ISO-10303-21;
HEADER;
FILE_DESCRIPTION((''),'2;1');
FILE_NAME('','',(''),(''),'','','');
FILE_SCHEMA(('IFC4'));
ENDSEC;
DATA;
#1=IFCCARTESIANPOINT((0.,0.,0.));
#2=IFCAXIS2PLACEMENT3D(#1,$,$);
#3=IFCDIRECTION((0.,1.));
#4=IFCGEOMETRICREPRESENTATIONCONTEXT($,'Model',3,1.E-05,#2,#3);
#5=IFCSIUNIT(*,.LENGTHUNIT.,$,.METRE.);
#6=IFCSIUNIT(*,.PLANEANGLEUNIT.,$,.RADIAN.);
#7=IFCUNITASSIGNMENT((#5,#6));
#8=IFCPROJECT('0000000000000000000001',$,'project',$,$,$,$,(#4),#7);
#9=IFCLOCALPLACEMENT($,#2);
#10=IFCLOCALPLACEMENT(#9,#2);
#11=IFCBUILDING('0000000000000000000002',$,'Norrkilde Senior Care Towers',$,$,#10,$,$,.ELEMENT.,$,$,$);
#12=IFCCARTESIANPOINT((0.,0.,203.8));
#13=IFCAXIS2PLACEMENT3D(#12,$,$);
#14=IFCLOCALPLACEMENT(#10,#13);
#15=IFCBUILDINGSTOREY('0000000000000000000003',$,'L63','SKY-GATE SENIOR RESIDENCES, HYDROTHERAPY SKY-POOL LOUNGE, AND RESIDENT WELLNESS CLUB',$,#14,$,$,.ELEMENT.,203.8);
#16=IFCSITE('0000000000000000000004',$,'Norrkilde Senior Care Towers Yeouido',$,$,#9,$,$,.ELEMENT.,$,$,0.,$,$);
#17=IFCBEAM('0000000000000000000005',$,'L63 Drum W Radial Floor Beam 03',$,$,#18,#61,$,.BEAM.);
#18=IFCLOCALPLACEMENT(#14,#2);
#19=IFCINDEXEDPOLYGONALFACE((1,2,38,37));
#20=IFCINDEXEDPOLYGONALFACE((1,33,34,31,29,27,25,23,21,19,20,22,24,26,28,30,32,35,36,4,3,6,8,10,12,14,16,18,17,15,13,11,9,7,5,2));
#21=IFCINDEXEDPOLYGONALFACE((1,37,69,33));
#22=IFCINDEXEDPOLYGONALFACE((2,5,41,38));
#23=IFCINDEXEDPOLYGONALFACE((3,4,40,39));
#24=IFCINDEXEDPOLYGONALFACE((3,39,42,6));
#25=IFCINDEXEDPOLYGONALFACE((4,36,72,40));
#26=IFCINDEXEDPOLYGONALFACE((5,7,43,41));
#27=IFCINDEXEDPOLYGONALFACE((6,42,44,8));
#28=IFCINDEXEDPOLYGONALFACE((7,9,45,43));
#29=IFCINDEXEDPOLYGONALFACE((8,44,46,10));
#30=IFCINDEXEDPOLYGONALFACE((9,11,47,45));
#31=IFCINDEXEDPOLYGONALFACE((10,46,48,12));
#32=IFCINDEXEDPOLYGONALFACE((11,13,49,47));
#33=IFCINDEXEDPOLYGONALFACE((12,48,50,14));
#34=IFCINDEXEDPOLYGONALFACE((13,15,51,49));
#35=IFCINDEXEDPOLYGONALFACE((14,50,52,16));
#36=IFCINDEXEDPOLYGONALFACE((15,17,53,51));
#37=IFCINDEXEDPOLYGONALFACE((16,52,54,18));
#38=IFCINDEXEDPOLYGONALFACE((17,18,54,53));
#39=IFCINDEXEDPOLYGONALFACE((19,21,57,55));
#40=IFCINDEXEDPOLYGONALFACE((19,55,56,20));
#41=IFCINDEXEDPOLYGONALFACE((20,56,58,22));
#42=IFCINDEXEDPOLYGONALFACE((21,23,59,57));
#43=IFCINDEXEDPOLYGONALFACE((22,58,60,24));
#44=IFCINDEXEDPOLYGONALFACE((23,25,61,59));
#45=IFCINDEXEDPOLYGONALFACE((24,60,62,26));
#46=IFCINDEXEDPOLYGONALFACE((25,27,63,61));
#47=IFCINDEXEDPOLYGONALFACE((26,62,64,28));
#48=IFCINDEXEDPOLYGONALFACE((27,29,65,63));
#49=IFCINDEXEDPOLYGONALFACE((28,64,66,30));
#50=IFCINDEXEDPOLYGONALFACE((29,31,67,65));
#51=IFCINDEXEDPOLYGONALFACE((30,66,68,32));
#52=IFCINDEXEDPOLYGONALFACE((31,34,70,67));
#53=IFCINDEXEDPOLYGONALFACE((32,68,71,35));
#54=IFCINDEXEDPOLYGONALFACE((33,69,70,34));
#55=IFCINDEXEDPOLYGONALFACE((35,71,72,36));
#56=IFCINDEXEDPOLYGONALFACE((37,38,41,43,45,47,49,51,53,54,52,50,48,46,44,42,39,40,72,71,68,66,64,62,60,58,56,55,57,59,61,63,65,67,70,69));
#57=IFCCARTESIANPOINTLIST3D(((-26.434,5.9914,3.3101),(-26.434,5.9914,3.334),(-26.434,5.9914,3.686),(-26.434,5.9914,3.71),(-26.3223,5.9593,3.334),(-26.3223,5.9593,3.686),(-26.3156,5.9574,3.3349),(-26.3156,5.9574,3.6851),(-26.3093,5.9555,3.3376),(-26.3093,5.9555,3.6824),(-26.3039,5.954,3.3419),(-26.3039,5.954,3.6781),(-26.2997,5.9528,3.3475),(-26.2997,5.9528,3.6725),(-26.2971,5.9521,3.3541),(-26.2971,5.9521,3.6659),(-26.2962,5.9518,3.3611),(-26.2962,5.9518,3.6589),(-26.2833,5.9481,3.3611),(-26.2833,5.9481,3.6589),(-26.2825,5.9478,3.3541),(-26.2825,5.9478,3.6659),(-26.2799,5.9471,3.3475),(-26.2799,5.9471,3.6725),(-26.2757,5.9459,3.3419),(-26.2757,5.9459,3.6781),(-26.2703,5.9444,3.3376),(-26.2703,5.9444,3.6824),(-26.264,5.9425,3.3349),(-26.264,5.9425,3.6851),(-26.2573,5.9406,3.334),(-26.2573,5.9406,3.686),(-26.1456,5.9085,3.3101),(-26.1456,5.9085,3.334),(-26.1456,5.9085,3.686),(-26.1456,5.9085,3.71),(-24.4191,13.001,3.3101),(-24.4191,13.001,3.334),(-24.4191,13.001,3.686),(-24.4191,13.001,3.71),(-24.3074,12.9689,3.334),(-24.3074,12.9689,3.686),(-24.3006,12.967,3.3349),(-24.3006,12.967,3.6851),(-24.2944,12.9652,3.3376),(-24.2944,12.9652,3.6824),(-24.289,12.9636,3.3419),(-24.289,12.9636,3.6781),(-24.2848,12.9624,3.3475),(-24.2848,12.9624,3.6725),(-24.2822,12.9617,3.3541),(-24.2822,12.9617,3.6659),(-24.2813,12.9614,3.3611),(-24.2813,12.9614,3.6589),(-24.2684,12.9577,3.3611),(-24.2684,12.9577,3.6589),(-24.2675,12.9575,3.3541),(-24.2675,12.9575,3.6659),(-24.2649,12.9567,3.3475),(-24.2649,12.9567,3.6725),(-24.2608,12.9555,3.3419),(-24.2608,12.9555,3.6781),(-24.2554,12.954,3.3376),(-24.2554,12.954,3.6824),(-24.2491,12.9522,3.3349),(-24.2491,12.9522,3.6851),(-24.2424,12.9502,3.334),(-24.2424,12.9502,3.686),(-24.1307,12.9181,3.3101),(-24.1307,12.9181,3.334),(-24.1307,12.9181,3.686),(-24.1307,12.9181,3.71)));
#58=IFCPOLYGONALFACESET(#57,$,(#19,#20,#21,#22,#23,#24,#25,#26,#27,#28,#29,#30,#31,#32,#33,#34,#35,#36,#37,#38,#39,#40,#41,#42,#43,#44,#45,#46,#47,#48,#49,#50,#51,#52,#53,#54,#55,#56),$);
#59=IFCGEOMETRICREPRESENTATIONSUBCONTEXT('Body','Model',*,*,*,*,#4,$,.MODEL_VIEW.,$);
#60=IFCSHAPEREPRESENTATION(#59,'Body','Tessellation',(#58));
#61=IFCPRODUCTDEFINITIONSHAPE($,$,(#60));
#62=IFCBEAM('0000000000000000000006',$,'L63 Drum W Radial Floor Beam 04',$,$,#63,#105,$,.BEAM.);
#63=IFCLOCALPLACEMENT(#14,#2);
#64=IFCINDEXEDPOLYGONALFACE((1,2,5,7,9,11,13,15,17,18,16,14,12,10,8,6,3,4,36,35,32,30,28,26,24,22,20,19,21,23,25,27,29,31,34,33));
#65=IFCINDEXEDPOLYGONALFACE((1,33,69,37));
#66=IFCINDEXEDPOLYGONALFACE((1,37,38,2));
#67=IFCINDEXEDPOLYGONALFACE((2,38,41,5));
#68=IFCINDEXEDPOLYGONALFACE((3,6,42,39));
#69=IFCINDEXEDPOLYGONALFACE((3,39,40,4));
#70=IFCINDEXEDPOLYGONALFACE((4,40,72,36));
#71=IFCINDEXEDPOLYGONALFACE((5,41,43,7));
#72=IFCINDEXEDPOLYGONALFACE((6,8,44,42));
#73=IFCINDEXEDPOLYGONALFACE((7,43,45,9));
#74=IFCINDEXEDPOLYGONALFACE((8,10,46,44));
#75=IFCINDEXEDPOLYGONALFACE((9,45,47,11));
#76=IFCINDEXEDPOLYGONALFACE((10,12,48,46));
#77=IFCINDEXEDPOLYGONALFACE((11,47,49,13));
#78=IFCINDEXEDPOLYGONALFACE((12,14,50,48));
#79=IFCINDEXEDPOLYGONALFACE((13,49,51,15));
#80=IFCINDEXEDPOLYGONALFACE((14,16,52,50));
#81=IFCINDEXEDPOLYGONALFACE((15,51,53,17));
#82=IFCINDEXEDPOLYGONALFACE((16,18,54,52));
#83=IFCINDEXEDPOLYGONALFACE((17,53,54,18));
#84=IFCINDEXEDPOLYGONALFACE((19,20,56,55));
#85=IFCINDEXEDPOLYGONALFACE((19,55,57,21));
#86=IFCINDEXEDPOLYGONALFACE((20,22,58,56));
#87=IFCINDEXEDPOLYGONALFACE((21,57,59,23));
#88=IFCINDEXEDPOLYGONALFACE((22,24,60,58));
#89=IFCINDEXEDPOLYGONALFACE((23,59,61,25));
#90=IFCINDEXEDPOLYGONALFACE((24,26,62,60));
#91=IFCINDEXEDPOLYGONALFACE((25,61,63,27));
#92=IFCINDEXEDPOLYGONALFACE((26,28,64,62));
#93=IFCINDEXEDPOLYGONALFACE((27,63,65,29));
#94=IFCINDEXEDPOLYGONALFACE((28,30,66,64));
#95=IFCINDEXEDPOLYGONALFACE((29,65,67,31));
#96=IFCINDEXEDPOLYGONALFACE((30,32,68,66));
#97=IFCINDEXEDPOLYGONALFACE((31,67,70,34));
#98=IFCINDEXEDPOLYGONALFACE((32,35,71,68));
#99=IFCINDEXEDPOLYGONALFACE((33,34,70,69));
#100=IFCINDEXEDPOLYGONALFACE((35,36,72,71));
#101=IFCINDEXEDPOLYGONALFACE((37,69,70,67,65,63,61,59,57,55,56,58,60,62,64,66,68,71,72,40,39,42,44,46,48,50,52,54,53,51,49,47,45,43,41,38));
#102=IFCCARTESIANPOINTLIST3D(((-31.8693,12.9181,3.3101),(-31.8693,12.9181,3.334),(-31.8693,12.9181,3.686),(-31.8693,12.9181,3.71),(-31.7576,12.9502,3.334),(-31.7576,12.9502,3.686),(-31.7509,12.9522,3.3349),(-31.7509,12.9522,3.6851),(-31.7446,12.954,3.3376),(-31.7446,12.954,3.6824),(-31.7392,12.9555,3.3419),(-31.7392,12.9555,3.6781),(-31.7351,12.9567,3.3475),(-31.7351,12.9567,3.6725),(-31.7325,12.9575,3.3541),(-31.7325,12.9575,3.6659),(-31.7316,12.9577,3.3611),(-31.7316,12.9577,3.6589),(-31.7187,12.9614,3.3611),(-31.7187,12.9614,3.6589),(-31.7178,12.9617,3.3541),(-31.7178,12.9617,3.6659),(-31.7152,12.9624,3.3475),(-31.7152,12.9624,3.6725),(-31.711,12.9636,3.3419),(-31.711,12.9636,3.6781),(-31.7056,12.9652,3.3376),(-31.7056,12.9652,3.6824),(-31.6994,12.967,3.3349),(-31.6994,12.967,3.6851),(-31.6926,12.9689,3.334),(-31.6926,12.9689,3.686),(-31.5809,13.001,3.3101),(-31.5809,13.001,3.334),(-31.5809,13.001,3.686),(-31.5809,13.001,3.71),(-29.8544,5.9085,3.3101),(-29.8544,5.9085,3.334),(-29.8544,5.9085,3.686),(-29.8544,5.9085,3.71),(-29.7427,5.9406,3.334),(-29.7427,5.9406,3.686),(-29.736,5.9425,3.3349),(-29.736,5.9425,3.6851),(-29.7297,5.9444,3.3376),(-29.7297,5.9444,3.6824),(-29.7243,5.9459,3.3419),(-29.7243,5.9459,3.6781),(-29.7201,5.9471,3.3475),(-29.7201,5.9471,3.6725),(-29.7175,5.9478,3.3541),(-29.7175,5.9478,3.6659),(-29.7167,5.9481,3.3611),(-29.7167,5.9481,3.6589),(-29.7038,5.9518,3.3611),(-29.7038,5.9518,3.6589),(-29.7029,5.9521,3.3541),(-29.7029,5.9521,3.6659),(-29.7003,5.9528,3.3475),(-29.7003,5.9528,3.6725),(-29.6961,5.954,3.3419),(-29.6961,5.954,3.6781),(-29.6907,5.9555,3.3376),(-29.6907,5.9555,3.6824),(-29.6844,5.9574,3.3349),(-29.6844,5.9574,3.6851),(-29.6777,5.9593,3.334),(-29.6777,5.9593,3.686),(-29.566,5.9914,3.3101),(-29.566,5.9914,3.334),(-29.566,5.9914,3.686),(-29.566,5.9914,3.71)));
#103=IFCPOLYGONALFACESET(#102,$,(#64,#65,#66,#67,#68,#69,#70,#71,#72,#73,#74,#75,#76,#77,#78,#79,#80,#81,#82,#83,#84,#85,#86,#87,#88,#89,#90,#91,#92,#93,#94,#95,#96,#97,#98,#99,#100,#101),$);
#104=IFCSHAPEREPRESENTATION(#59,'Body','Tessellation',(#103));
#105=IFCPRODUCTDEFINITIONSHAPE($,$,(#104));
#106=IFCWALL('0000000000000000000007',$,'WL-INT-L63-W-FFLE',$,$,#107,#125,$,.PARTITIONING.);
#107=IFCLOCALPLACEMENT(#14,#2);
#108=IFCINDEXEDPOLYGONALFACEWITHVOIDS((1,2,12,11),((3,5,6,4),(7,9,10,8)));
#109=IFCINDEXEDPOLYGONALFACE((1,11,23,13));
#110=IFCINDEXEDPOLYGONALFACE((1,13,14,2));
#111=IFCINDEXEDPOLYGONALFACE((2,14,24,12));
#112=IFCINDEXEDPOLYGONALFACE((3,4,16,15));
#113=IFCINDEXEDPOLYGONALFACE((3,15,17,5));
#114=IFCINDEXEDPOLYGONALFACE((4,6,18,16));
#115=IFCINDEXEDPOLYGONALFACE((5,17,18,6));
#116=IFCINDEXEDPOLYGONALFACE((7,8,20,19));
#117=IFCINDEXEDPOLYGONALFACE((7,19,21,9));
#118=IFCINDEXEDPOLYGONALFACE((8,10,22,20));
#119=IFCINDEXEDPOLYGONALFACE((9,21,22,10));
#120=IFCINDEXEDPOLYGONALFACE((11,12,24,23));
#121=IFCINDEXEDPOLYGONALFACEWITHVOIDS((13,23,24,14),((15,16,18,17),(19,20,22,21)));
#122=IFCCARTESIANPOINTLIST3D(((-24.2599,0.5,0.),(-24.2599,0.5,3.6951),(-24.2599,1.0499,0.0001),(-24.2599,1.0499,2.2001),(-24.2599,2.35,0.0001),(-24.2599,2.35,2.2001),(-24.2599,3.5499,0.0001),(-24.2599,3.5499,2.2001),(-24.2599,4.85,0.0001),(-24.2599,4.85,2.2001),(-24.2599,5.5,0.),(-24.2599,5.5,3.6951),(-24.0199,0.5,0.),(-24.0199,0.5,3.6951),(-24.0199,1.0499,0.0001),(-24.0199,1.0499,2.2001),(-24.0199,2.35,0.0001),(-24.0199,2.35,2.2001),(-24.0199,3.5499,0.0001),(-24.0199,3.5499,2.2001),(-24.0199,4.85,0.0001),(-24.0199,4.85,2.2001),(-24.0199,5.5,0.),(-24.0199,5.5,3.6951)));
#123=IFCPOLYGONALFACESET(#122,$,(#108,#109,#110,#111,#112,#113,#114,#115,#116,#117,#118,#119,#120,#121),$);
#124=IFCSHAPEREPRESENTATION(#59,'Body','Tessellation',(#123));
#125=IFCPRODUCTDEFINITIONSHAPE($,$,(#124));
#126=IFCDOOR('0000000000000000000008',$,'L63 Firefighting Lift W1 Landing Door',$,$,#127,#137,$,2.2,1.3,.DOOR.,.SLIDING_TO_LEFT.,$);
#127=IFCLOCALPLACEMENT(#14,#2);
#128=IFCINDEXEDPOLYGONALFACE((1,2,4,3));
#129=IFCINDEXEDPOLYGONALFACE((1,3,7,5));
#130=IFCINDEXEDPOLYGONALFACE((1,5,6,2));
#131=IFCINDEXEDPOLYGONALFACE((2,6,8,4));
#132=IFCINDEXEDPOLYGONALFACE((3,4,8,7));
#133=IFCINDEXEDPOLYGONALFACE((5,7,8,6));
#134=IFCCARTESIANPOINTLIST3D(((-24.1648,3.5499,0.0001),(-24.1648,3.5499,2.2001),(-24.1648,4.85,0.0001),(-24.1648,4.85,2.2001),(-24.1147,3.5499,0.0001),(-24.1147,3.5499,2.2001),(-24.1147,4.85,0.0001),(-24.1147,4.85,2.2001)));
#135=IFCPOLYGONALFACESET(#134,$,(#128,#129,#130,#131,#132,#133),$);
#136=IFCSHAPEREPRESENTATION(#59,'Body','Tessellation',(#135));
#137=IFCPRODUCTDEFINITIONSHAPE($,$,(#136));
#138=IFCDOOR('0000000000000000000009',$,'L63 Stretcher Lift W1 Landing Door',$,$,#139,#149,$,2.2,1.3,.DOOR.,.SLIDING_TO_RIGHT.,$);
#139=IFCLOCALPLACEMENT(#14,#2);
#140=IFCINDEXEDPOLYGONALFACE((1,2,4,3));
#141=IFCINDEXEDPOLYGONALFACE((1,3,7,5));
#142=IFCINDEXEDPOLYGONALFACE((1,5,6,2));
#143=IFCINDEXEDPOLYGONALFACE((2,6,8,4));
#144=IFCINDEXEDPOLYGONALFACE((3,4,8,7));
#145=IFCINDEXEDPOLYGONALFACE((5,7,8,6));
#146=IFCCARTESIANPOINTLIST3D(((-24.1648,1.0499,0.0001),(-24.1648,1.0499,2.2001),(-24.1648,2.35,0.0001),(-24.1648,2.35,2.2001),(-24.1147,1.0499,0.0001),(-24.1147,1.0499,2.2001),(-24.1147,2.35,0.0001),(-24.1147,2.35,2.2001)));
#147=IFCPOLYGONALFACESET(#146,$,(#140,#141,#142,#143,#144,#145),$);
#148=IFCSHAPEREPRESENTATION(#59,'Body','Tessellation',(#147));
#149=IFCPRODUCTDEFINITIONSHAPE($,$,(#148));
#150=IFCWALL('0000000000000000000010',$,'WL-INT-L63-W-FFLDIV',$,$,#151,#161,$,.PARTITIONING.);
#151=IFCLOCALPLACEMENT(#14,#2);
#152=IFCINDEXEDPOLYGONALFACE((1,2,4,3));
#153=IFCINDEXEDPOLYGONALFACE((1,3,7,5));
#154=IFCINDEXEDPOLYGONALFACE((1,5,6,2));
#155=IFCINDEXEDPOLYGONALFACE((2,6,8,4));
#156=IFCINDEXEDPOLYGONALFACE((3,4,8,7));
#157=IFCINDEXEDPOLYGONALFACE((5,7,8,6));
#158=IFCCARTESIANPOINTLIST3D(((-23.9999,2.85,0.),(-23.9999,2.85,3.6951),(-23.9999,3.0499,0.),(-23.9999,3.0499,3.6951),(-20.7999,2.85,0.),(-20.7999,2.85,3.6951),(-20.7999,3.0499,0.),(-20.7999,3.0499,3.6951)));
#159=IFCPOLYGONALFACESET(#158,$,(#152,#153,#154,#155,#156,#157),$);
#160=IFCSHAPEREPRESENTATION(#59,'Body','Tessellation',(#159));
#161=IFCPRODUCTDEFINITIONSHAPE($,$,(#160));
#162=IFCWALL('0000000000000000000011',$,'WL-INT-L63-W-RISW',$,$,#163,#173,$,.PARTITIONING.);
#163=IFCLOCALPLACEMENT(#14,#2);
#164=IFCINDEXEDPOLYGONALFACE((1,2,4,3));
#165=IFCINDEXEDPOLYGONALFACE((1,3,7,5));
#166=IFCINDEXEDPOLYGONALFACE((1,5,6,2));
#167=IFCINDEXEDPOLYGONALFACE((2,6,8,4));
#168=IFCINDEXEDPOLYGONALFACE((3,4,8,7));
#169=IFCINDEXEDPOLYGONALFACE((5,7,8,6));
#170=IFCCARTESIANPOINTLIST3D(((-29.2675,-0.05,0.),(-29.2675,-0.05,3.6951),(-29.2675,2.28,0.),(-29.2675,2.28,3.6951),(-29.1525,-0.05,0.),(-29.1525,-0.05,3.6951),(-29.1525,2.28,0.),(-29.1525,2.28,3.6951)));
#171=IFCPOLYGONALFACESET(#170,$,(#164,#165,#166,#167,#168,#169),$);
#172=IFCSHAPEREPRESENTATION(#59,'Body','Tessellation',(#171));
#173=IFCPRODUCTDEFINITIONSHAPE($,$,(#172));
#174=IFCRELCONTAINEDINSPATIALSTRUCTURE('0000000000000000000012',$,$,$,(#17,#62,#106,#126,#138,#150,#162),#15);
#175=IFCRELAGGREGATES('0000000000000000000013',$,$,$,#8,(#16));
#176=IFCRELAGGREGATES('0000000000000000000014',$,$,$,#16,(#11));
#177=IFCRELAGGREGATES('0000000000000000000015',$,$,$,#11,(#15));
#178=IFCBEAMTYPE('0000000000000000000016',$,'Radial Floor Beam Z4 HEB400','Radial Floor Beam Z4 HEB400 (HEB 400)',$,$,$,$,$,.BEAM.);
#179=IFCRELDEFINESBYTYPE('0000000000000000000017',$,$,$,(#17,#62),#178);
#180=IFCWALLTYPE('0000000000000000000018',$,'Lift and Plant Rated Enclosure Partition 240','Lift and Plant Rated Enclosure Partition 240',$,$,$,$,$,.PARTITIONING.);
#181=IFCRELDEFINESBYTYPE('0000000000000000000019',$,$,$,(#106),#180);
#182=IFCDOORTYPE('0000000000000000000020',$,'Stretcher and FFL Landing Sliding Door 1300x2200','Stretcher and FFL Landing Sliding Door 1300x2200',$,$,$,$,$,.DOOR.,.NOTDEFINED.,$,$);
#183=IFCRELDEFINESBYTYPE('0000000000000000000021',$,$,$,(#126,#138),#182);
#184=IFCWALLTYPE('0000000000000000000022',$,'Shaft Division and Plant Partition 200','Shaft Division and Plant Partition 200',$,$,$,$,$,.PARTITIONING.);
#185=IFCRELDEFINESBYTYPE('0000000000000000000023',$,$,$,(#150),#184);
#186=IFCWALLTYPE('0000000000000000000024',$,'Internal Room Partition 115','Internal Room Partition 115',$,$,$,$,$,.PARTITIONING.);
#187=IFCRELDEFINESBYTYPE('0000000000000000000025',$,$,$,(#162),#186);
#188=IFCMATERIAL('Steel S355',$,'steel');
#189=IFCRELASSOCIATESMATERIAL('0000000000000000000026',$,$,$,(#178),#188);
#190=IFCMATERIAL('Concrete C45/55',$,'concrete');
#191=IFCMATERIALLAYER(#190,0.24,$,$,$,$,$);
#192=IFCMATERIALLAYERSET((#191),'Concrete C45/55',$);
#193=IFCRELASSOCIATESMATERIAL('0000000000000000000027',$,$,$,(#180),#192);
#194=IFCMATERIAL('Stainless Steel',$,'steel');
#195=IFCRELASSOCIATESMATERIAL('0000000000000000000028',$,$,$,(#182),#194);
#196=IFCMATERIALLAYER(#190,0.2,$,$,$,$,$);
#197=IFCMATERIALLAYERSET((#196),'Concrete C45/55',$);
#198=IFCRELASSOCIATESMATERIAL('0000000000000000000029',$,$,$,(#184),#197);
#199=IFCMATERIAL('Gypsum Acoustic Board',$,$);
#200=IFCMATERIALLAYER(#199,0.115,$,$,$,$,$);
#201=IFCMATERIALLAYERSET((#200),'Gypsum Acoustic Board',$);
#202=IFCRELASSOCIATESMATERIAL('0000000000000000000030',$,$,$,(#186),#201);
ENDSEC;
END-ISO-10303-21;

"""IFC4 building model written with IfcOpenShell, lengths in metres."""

from ifc_helpers import new_model, si_unit, direction, frame, frame_2d, origin, origin_2d, place, context, subcontext, project, spatial, rectangle, i_section, extrude, source, transform, mapped, material, layer, layer_set, material_profile, profile_set, type_object, type_shapes, element, fill, save


model = new_model("IFC4")

# Units and contexts
model_context = context("Model", 3, precision=1e-05, world=origin(), true_north=direction((0.0, 1.0)))
body_context = subcontext(model_context, "Body", "Model", "MODEL_VIEW")
ifc_project = project(units=[si_unit("LENGTHUNIT", "METRE"), si_unit("PLANEANGLEUNIT", "RADIAN")], contexts=[model_context])

# Site, building, storey
site_placement = place(None, origin())
site = spatial("IfcSite", under=ifc_project, at=site_placement, Name="Norrkilde Senior Care Towers Yeouido", CompositionType="ELEMENT", RefElevation=0.0)
building_placement = place(site_placement, origin())
building = spatial("IfcBuilding", under=site, at=building_placement, Name="Norrkilde Senior Care Towers", CompositionType="ELEMENT")
storey_placement = place(building_placement, frame((0.0, 0.0, 203.8)))
storey = spatial("IfcBuildingStorey", under=building, at=storey_placement, Name="L63", Description="SKY-GATE SENIOR RESIDENCES, HYDROTHERAPY SKY-POOL LOUNGE, AND RESIDENT WELLNESS CLUB", CompositionType="ELEMENT", Elevation=203.8)

# Beams
ifc_material_1 = material(Name="Steel S355", Category="steel")
ifc_material_profile = material_profile(ifc_material_1, i_section(OverallWidth=0.3, OverallDepth=0.3999, WebThickness=0.0134, FlangeThickness=0.0239, FilletRadius=0.0271, at=origin_2d()), Name="HEB 400")
ifc_profile_set = profile_set([ifc_material_profile], Name="Steel S355")
beam_type = type_object("IfcBeamType", Name="Radial Floor Beam Z4 HEB400", Description="Radial Floor Beam Z4 HEB400 (HEB 400)", PredefinedType="BEAM", material=ifc_profile_set)
shared_shape_1 = source(origin(), body_context, "Body", "SweptSolid", [
    extrude(i_section(OverallWidth=0.3, OverallDepth=0.3999, WebThickness=0.0134, FlangeThickness=0.0239, FilletRadius=0.0271, at=origin_2d()), origin(), (0.0, 0.0, 1.0), 7.2935),
])
type_shapes(beam_type, [shared_shape_1])
for number, where, z_axis, x_axis, name in (
    (1, (-26.2898, 5.95, 3.51), (0.276264, 0.961082, 0.0), (-0.961082, 0.276264, 0.0), "L63 Drum W Radial Floor Beam 03"),
    (2, (-29.7102, 5.95, 3.51), (-0.276264, 0.961082, 0.0), (-0.961082, -0.276264, 0.0), "L63 Drum W Radial Floor Beam 04"),
):
    element("IfcBeam", number, at=place(storey_placement, frame(where, z_axis=z_axis, x_axis=x_axis)), inside=storey, type_object=beam_type, Name=name, PredefinedType="BEAM", context=body_context, shape_type="MappedRepresentation", body=[
        mapped(shared_shape_1, transform((0.0, 0.0, 0.0), x_axis=(1.0, 0.0, 0.0), y_axis=(0.0, 1.0, 0.0), z_axis=(0.0, 0.0, 1.0), scale=1.0)),
    ])

# Shared definitions
ifc_material_2 = material(Name="Concrete C45/55", Category="concrete")

# Wall, openings, doors
ifc_layer_1 = layer(ifc_material_2, 0.24)
ifc_layer_set_1 = layer_set([ifc_layer_1], Name="Concrete C45/55")
wall_type_1 = type_object("IfcWallType", Name="Lift and Plant Rated Enclosure Partition 240", Description="Lift and Plant Rated Enclosure Partition 240", PredefinedType="PARTITIONING", material=ifc_layer_set_1)
shared_shape_2 = source(origin(), body_context, "Body", "SweptSolid", [
    extrude(rectangle(XDim=5.0, YDim=0.24, at=frame_2d((2.5, 0.0))), origin(), (0.0, 0.0, 1.0), 3.6951),
])
type_shapes(wall_type_1, [shared_shape_2])
wall_1_placement = place(storey_placement, frame((-24.1399, 0.5, 0.0), z_axis=(0.0, 0.0, 1.0), x_axis=(0.0, 1.0, 0.0)))
wall_1 = element("IfcWall", 3, at=wall_1_placement, inside=storey, type_object=wall_type_1, Name="WL-INT-L63-W-FFLE", PredefinedType="PARTITIONING", context=body_context, shape_type="MappedRepresentation", body=[
    mapped(shared_shape_2, transform((0.0, 0.0, 0.0), x_axis=(1.0, 0.0, 0.0), y_axis=(0.0, 1.0, 0.0), z_axis=(0.0, 0.0, 1.0), scale=1.0)),
])
opening_1_placement = place(wall_1_placement, frame((3.05, 0.0, 0.0)))
opening_1 = element("IfcOpeningElement", 4, at=opening_1_placement, cuts=wall_1, PredefinedType="OPENING", context=body_context, shape_type="SweptSolid", body=[
    extrude(rectangle(XDim=1.3, YDim=2.2, at=frame_2d((0.6499, 1.1001))), frame((0.0, 0.1299, 0.0), z_axis=(0.0, -1.0, 0.0), x_axis=(1.0, 0.0, 0.0)), (0.0, 0.0, 1.0), 0.26),
])
opening_2_placement = place(wall_1_placement, frame((0.55, 0.0, 0.0)))
opening_2 = element("IfcOpeningElement", 5, at=opening_2_placement, cuts=wall_1, PredefinedType="OPENING", context=body_context, shape_type="SweptSolid", body=[
    extrude(rectangle(XDim=1.3, YDim=2.2, at=frame_2d((0.6499, 1.1001))), frame((0.0, 0.1299, 0.0), z_axis=(0.0, -1.0, 0.0), x_axis=(1.0, 0.0, 0.0)), (0.0, 0.0, 1.0), 0.26),
])
ifc_material_3 = material(Name="Stainless Steel", Category="steel")
door_type_1 = type_object("IfcDoorType", Name="Stretcher and FFL Landing Sliding Door 1300x2200", Description="Stretcher and FFL Landing Sliding Door 1300x2200", OperationType="NOTDEFINED", PredefinedType="DOOR", material=ifc_material_3)
shared_shape_3 = source(origin(), body_context, "Body", "SweptSolid", [
    extrude(rectangle(XDim=1.3, YDim=2.2, at=frame_2d((0.6499, 1.1001))), frame((0.0, 0.0249, 0.0), z_axis=(0.0, -1.0, 0.0), x_axis=(1.0, 0.0, 0.0)), (0.0, 0.0, 1.0), 0.05),
])
type_shapes(door_type_1, [shared_shape_3])
door_1_placement = place(opening_1_placement, origin())
door_1 = element("IfcDoor", 6, at=door_1_placement, inside=storey, type_object=door_type_1, Name="L63 Firefighting Lift W1 Landing Door", OperationType="SLIDING_TO_LEFT", OverallHeight=2.2, OverallWidth=1.3, PredefinedType="DOOR", context=body_context, shape_type="MappedRepresentation", body=[
    mapped(shared_shape_3, transform((0.0, 0.0, 0.0), x_axis=(1.0, 0.0, 0.0), y_axis=(0.0, 1.0, 0.0), z_axis=(0.0, 0.0, 1.0), scale=1.0)),
])
fill(opening_1, door_1)
door_2_placement = place(opening_2_placement, origin())
door_2 = element("IfcDoor", 7, at=door_2_placement, inside=storey, type_object=door_type_1, Name="L63 Stretcher Lift W1 Landing Door", OperationType="SLIDING_TO_RIGHT", OverallHeight=2.2, OverallWidth=1.3, PredefinedType="DOOR", context=body_context, shape_type="MappedRepresentation", body=[
    mapped(shared_shape_3, transform((0.0, 0.0, 0.0), x_axis=(1.0, 0.0, 0.0), y_axis=(0.0, 1.0, 0.0), z_axis=(0.0, 0.0, 1.0), scale=1.0)),
])
fill(opening_2, door_2)

# Wall
ifc_layer_2 = layer(ifc_material_2, 0.2)
ifc_layer_set_2 = layer_set([ifc_layer_2], Name="Concrete C45/55")
wall_type_2 = type_object("IfcWallType", Name="Shaft Division and Plant Partition 200", Description="Shaft Division and Plant Partition 200", PredefinedType="PARTITIONING", material=ifc_layer_set_2)
shared_shape_4 = source(origin(), body_context, "Body", "SweptSolid", [
    extrude(rectangle(XDim=3.2, YDim=0.2, at=frame_2d((1.6001, 0.0))), origin(), (0.0, 0.0, 1.0), 3.6951),
])
type_shapes(wall_type_2, [shared_shape_4])
wall_2_placement = place(storey_placement, frame((-24.0, 2.95, 0.0), z_axis=(0.0, 0.0, 1.0), x_axis=(1.0, 0.0, 0.0)))
element("IfcWall", 8, at=wall_2_placement, inside=storey, type_object=wall_type_2, Name="WL-INT-L63-W-FFLDIV", PredefinedType="PARTITIONING", context=body_context, shape_type="MappedRepresentation", body=[
    mapped(shared_shape_4, transform((0.0, 0.0, 0.0), x_axis=(1.0, 0.0, 0.0), y_axis=(0.0, 1.0, 0.0), z_axis=(0.0, 0.0, 1.0), scale=1.0)),
])

# Wall
ifc_material_4 = material(Name="Gypsum Acoustic Board")
ifc_layer_3 = layer(ifc_material_4, 0.115)
ifc_layer_set_3 = layer_set([ifc_layer_3], Name="Gypsum Acoustic Board")
wall_type_3 = type_object("IfcWallType", Name="Internal Room Partition 115", Description="Internal Room Partition 115", PredefinedType="PARTITIONING", material=ifc_layer_set_3)
shared_shape_5 = source(origin(), body_context, "Body", "SweptSolid", [
    extrude(rectangle(XDim=2.3301, YDim=0.115, at=frame_2d((1.165, 0.0))), origin(), (0.0, 0.0, 1.0), 3.6951),
])
type_shapes(wall_type_3, [shared_shape_5])
wall_3_placement = place(storey_placement, frame((-29.21, -0.05, 0.0), z_axis=(0.0, 0.0, 1.0), x_axis=(0.0, 1.0, 0.0)))
element("IfcWall", 9, at=wall_3_placement, inside=storey, type_object=wall_type_3, Name="WL-INT-L63-W-RISW", PredefinedType="PARTITIONING", context=body_context, shape_type="MappedRepresentation", body=[
    mapped(shared_shape_5, transform((0.0, 0.0, 0.0), x_axis=(1.0, 0.0, 0.0), y_axis=(0.0, 1.0, 0.0), z_axis=(0.0, 0.0, 1.0), scale=1.0)),
])

save(model, "model.ifc")
